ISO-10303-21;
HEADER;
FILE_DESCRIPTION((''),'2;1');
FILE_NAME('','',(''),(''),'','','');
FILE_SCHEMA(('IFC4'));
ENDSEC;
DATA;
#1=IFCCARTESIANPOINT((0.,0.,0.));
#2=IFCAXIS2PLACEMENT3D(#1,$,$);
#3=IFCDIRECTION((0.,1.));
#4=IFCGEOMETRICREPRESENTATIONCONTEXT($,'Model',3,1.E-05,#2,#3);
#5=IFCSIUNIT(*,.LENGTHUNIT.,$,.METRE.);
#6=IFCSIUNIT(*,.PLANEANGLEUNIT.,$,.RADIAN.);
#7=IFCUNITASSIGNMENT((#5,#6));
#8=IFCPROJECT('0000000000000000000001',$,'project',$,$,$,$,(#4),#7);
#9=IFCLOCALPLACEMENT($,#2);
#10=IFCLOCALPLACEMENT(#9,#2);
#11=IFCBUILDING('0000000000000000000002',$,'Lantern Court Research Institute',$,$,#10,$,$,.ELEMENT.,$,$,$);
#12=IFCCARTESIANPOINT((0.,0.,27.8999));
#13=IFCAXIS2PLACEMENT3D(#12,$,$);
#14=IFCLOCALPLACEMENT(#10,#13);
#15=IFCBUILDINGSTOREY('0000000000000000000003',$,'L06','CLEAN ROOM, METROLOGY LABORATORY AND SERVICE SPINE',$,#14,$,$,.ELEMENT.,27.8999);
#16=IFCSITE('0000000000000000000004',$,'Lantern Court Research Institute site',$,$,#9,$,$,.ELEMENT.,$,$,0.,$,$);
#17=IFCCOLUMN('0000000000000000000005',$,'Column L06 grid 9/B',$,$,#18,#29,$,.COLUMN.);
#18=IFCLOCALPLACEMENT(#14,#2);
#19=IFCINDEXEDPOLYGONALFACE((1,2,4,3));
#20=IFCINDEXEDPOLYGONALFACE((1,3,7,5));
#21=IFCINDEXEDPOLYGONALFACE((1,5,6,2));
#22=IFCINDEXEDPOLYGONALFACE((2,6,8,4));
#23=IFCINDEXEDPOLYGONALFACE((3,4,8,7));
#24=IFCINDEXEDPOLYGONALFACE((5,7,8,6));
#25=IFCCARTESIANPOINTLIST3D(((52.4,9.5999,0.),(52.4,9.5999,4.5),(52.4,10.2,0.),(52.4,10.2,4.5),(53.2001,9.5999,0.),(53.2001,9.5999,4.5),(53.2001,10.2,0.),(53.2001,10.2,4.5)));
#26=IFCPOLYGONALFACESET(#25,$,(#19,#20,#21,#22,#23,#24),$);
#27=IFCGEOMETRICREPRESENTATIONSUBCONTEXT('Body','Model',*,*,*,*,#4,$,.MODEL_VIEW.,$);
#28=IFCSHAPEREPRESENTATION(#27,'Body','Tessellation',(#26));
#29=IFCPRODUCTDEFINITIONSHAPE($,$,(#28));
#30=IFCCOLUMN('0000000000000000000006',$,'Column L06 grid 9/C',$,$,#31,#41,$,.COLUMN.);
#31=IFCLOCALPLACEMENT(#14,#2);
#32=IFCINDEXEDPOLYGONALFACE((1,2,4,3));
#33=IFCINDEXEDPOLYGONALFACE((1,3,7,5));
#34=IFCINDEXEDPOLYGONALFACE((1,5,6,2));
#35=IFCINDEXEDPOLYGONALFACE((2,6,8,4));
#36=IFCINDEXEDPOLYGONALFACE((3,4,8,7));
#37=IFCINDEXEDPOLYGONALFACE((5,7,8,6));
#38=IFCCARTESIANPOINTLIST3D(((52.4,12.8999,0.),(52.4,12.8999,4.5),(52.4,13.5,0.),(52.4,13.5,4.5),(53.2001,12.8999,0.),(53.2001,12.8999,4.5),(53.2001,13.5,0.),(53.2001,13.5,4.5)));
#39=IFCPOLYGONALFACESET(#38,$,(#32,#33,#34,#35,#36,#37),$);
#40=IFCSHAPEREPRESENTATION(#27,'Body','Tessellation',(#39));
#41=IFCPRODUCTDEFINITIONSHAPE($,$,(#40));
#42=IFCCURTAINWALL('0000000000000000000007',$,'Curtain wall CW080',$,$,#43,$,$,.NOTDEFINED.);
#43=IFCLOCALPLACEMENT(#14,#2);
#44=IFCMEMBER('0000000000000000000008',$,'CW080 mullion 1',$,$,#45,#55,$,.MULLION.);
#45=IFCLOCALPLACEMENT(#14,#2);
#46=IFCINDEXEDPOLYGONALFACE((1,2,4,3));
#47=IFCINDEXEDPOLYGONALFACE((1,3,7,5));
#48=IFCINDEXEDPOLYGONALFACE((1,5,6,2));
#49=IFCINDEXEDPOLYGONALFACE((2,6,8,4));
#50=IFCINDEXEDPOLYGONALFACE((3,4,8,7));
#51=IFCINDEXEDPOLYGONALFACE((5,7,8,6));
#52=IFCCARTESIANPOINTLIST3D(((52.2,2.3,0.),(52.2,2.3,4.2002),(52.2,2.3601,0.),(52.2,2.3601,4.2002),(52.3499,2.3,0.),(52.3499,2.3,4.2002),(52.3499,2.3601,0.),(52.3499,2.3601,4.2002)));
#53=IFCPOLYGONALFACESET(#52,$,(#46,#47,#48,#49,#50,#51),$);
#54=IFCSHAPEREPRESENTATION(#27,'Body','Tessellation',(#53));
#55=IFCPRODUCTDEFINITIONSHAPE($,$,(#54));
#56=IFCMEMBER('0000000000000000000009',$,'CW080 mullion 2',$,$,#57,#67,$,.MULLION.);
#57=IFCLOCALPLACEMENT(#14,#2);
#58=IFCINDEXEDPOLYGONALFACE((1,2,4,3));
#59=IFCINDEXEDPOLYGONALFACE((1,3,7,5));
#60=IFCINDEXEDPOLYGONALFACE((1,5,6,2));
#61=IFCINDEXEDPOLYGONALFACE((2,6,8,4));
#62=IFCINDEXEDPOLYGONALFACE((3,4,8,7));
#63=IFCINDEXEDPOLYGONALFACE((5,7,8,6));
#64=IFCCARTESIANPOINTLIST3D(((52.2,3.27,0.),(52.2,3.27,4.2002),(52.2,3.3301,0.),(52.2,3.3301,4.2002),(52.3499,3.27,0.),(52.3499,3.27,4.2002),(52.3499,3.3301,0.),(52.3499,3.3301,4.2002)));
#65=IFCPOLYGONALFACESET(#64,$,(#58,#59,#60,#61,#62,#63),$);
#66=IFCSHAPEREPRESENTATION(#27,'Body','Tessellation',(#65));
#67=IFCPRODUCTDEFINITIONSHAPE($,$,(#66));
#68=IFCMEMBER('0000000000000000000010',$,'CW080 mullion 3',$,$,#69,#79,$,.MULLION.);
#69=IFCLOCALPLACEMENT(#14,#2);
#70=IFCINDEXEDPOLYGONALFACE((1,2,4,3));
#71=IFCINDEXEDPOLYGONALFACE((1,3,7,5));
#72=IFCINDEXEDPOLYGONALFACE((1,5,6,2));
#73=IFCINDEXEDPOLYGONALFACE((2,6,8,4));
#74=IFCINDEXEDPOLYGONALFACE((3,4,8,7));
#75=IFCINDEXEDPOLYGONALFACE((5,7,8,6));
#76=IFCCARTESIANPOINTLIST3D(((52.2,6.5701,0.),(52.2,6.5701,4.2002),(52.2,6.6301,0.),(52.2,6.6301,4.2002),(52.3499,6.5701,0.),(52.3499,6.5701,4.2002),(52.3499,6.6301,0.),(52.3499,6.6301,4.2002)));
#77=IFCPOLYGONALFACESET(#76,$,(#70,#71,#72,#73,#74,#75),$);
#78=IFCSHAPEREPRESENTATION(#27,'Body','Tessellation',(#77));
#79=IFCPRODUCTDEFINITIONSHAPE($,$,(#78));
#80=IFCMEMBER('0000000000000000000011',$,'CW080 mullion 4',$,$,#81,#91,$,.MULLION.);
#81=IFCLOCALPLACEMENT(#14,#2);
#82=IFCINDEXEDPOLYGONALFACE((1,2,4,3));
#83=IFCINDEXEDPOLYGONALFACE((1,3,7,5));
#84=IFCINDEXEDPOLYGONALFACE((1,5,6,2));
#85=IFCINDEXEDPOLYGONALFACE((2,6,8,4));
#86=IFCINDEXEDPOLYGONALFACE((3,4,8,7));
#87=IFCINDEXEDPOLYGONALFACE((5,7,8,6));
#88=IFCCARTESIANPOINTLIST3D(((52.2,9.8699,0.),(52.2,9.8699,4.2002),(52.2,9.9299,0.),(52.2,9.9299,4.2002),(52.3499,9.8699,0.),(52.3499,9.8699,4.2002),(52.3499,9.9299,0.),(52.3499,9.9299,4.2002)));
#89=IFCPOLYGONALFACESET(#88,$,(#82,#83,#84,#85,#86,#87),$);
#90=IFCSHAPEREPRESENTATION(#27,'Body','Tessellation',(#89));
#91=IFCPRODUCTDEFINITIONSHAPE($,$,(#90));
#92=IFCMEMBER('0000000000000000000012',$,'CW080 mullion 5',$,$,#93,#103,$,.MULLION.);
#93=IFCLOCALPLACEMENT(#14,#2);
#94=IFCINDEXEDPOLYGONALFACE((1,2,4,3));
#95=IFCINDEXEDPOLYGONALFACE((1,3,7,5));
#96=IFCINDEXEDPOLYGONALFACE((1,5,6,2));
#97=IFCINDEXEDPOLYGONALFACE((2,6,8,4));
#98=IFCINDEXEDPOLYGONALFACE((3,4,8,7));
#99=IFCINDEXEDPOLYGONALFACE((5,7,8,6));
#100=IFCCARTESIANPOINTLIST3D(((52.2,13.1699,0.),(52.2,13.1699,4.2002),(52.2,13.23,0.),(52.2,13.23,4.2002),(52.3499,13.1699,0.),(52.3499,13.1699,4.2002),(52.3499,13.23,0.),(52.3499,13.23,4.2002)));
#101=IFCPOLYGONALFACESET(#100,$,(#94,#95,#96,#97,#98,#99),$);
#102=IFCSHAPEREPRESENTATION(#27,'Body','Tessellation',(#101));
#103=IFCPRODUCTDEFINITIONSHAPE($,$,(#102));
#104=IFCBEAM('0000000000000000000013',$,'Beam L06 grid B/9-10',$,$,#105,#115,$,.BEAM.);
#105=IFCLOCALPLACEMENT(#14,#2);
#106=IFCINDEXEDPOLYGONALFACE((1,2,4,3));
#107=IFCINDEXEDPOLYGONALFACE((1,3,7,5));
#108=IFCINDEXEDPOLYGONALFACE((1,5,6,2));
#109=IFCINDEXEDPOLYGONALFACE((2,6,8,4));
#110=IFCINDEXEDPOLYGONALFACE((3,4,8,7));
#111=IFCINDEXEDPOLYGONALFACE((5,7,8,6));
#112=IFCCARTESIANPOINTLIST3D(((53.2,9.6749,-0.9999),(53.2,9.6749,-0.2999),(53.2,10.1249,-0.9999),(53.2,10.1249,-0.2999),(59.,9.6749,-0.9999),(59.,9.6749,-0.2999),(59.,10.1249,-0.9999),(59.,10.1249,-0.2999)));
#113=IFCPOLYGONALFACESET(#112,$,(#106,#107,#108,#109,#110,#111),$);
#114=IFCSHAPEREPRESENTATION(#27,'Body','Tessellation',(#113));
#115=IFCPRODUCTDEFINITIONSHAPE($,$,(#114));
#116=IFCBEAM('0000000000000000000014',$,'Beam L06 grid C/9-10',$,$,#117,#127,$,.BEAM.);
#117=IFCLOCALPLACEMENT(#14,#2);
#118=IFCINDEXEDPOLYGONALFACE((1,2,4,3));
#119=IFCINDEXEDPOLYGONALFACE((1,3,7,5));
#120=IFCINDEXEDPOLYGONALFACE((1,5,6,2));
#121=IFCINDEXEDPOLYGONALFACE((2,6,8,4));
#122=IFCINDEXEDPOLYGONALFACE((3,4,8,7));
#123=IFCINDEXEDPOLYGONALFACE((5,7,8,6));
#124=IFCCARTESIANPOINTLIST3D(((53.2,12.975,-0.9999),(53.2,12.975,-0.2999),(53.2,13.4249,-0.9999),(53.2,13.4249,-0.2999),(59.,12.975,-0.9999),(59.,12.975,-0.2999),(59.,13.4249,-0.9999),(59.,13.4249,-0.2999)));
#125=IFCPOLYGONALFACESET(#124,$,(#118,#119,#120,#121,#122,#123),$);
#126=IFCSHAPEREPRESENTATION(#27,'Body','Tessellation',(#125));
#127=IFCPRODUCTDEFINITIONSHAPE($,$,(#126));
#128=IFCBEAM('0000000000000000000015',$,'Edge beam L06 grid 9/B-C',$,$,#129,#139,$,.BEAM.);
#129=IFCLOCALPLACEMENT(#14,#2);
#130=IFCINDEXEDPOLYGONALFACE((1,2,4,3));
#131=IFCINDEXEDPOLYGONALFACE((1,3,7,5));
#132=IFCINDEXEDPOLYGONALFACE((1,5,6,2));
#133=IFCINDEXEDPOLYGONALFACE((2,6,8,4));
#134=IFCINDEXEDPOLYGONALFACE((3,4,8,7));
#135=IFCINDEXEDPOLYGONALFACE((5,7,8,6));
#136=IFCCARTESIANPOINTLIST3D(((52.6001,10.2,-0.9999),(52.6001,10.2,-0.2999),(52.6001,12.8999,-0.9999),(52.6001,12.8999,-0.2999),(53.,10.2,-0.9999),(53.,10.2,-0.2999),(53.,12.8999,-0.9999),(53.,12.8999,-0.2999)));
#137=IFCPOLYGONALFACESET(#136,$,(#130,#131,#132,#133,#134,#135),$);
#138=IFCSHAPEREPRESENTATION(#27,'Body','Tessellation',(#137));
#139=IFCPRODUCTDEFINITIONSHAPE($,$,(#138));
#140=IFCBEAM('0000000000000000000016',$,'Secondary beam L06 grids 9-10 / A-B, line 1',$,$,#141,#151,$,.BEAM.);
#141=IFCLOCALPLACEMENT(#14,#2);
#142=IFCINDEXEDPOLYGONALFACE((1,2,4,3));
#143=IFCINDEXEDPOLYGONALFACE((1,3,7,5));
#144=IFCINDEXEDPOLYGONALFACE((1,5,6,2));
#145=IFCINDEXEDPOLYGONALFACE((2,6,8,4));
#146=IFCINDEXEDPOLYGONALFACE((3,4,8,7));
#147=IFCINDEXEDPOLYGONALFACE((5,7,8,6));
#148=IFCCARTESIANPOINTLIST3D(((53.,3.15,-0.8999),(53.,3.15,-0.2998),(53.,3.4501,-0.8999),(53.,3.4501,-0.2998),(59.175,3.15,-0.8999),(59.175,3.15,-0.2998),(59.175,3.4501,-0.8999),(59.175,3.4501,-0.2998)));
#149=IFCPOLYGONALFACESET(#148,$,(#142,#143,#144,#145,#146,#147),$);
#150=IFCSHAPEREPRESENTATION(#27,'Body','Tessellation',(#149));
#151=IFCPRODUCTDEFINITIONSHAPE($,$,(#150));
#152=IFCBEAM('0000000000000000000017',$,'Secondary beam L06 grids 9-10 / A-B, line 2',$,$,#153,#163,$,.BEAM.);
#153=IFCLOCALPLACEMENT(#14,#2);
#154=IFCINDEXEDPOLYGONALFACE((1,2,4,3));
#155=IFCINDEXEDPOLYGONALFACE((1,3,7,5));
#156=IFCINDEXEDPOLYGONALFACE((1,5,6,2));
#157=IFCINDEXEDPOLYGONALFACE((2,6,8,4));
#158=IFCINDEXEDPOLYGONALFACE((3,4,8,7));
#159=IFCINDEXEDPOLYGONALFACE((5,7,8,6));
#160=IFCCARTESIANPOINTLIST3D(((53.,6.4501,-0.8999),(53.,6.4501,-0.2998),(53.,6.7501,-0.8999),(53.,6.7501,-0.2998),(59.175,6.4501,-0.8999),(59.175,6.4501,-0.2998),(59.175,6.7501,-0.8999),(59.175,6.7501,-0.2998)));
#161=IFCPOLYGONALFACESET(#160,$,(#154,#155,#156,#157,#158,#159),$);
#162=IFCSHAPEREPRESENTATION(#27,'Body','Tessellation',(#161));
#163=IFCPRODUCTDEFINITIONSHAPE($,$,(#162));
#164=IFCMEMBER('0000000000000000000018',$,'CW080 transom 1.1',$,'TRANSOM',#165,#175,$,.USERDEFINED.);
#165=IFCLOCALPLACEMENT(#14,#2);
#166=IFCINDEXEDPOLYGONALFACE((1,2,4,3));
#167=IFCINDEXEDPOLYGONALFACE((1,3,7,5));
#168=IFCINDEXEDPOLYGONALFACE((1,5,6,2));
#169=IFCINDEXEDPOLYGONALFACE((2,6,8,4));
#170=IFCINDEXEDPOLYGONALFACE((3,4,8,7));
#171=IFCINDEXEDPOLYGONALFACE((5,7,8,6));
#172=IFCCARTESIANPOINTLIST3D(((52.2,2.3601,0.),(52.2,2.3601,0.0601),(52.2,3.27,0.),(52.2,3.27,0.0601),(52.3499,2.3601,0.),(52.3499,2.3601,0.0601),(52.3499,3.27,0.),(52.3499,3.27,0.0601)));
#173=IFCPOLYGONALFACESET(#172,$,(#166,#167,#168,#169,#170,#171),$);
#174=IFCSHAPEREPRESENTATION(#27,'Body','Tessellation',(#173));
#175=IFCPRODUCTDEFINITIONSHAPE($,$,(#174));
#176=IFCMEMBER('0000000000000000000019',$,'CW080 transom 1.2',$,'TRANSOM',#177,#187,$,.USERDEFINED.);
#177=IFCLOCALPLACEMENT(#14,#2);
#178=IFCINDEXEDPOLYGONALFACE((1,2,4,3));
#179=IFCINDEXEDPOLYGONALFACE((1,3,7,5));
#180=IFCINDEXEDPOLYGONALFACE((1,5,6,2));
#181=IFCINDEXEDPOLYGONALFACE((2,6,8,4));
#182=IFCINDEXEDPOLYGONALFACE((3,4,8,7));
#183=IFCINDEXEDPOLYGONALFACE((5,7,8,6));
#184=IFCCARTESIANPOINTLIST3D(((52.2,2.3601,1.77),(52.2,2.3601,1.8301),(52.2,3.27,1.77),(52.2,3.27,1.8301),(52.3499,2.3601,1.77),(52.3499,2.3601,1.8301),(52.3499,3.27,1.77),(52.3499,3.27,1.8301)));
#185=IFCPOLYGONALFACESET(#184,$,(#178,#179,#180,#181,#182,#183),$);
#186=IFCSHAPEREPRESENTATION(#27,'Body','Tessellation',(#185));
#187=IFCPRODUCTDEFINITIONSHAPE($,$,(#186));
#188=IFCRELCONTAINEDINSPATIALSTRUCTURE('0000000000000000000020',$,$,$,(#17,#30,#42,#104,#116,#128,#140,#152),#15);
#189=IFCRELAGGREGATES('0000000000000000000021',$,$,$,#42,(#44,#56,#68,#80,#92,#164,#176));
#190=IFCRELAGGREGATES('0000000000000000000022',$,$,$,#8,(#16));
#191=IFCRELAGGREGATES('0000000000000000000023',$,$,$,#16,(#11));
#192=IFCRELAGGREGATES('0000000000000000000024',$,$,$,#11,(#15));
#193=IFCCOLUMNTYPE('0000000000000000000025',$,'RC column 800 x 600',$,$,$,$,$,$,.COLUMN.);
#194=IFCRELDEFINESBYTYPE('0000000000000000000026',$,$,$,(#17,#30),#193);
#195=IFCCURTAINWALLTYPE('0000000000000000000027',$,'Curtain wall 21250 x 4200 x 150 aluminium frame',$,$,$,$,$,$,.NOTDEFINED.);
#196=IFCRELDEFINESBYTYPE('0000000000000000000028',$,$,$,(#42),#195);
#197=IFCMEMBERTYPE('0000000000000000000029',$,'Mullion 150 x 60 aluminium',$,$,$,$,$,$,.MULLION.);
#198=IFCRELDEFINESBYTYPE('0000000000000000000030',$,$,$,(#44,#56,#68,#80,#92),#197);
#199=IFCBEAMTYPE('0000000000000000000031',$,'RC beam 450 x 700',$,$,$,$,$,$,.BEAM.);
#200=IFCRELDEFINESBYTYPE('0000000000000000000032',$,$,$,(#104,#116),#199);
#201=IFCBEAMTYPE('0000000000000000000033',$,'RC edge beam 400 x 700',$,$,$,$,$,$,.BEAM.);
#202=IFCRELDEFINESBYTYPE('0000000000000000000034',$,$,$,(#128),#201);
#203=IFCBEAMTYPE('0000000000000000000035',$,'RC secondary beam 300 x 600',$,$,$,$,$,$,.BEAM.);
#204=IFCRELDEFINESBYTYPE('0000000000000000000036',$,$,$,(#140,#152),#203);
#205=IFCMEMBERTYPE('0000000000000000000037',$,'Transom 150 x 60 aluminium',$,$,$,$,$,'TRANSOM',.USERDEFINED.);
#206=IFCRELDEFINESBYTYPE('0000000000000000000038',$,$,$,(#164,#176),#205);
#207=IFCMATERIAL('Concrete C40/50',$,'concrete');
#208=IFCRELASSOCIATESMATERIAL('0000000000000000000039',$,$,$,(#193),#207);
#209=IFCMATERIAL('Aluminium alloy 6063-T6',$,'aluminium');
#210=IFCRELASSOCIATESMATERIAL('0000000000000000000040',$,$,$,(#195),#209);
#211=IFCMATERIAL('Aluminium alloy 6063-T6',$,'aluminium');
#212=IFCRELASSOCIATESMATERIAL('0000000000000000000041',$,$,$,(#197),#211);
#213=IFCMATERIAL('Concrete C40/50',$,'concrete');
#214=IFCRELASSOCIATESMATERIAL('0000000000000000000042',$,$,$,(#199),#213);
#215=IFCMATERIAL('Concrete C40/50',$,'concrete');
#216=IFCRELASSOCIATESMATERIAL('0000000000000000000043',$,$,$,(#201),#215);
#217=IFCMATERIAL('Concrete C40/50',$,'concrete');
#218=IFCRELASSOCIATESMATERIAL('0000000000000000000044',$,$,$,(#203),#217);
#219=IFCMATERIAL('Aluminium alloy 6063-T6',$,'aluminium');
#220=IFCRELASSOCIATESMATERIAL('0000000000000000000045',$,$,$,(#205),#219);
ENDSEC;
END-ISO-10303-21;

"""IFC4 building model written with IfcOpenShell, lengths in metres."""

from ifc_helpers import new_model, si_unit, direction, frame, origin, origin_2d, place, context, subcontext, project, spatial, rectangle, extrude, material, material_profile, profile_set, type_object, element, aggregate, save


model = new_model("IFC4")

# Units and contexts
model_context = context("Model", 3, precision=1e-05, world=origin(), true_north=direction((0.0, 1.0)))
body_context = subcontext(model_context, "Body", "Model", "MODEL_VIEW")
ifc_project = project(units=[si_unit("LENGTHUNIT", "METRE"), si_unit("PLANEANGLEUNIT", "RADIAN")], contexts=[model_context])

# Site, building, storey
site_placement = place(None, origin())
site = spatial("IfcSite", under=ifc_project, at=site_placement, Name="Lantern Court Research Institute site", CompositionType="ELEMENT", RefElevation=0.0)
building_placement = place(site_placement, origin())
building = spatial("IfcBuilding", under=site, at=building_placement, Name="Lantern Court Research Institute", CompositionType="ELEMENT")
storey_placement = place(building_placement, frame((0.0, 0.0, 27.8999)))
storey = spatial("IfcBuildingStorey", under=building, at=storey_placement, Name="L06", Description="CLEAN ROOM, METROLOGY LABORATORY AND SERVICE SPINE", CompositionType="ELEMENT", Elevation=27.8999)

# Columns
ifc_material_1 = material(Name="Concrete C40/50", Category="concrete")
ifc_material_profile_1 = material_profile(ifc_material_1, rectangle(XDim=0.8, YDim=0.6001, at=origin_2d()), Name="RC column 800 x 600")
ifc_profile_set_1 = profile_set([ifc_material_profile_1], Name="Concrete C40/50")
column_type = type_object("IfcColumnType", Name="RC column 800 x 600", PredefinedType="COLUMN", material=ifc_profile_set_1)
for number, where, z_axis, x_axis, name in (
    (1, (52.8, 9.8999, 0.0), (0.0, 0.0, 1.0), (1.0, 0.0, 0.0), "Column L06 grid 9/B"),
    (2, (52.8, 13.2, 0.0), (0.0, 0.0, 1.0), (1.0, 0.0, 0.0), "Column L06 grid 9/C"),
):
    element("IfcColumn", number, at=place(storey_placement, frame(where, z_axis=z_axis, x_axis=x_axis)), inside=storey, type_object=column_type, Name=name, PredefinedType="COLUMN", context=body_context, shape_type="SweptSolid", body=[
        extrude(rectangle(XDim=0.8, YDim=0.6001, at=origin_2d()), origin(), (0.0, 0.0, 1.0), 4.5),
    ])

# Curtain wall, members
ifc_material_2 = material(Name="Aluminium alloy 6063-T6", Category="aluminium")
curtain_wall_type = type_object("IfcCurtainWallType", Name="Curtain wall 21250 x 4200 x 150 aluminium frame", PredefinedType="NOTDEFINED", material=ifc_material_2)
curtain_wall_placement = place(storey_placement, origin())
curtain_wall = element("IfcCurtainWall", 3, at=curtain_wall_placement, inside=storey, type_object=curtain_wall_type, Name="Curtain wall CW080", PredefinedType="NOTDEFINED")
ifc_material_3 = material(Name="Aluminium alloy 6063-T6", Category="aluminium")
ifc_material_profile_2 = material_profile(ifc_material_3, rectangle(XDim=0.1499, YDim=0.0601, at=origin_2d()), Name="Mullion 150 x 60")
ifc_profile_set_2 = profile_set([ifc_material_profile_2], Name="Aluminium alloy 6063-T6")
member_type_1 = type_object("IfcMemberType", Name="Mullion 150 x 60 aluminium", PredefinedType="MULLION", material=ifc_profile_set_2)
member_1_placement = place(storey_placement, frame((52.2749, 2.3301, 0.0), z_axis=(0.0, 0.0, 1.0), x_axis=(-1.0, 0.0, 0.0)))
member_1 = element("IfcMember", 4, at=member_1_placement, type_object=member_type_1, Name="CW080 mullion 1", PredefinedType="MULLION", context=body_context, shape_type="SweptSolid", body=[
    extrude(rectangle(XDim=0.1499, YDim=0.0601, at=origin_2d()), origin(), (0.0, 0.0, 1.0), 4.2002),
])
member_2_placement = place(storey_placement, frame((52.2749, 3.3, 0.0), z_axis=(0.0, 0.0, 1.0), x_axis=(-1.0, 0.0, 0.0)))
member_2 = element("IfcMember", 5, at=member_2_placement, type_object=member_type_1, Name="CW080 mullion 2", PredefinedType="MULLION", context=body_context, shape_type="SweptSolid", body=[
    extrude(rectangle(XDim=0.1499, YDim=0.0601, at=origin_2d()), origin(), (0.0, 0.0, 1.0), 4.2002),
])
member_3_placement = place(storey_placement, frame((52.2749, 6.6001, 0.0), z_axis=(0.0, 0.0, 1.0), x_axis=(-1.0, 0.0, 0.0)))
member_3 = element("IfcMember", 6, at=member_3_placement, type_object=member_type_1, Name="CW080 mullion 3", PredefinedType="MULLION", context=body_context, shape_type="SweptSolid", body=[
    extrude(rectangle(XDim=0.1499, YDim=0.0601, at=origin_2d()), origin(), (0.0, 0.0, 1.0), 4.2002),
])
member_4_placement = place(storey_placement, frame((52.2749, 9.8999, 0.0), z_axis=(0.0, 0.0, 1.0), x_axis=(-1.0, 0.0, 0.0)))
member_4 = element("IfcMember", 7, at=member_4_placement, type_object=member_type_1, Name="CW080 mullion 4", PredefinedType="MULLION", context=body_context, shape_type="SweptSolid", body=[
    extrude(rectangle(XDim=0.1499, YDim=0.0601, at=origin_2d()), origin(), (0.0, 0.0, 1.0), 4.2002),
])
member_5_placement = place(storey_placement, frame((52.2749, 13.2, 0.0), z_axis=(0.0, 0.0, 1.0), x_axis=(-1.0, 0.0, 0.0)))
member_5 = element("IfcMember", 8, at=member_5_placement, type_object=member_type_1, Name="CW080 mullion 5", PredefinedType="MULLION", context=body_context, shape_type="SweptSolid", body=[
    extrude(rectangle(XDim=0.1499, YDim=0.0601, at=origin_2d()), origin(), (0.0, 0.0, 1.0), 4.2002),
])

# Beams
ifc_material_4 = material(Name="Concrete C40/50", Category="concrete")
ifc_material_profile_3 = material_profile(ifc_material_4, rectangle(XDim=0.45, YDim=0.7, at=origin_2d()), Name="RC beam 450 x 700")
ifc_profile_set_3 = profile_set([ifc_material_profile_3], Name="Concrete C40/50")
beam_type_1 = type_object("IfcBeamType", Name="RC beam 450 x 700", PredefinedType="BEAM", material=ifc_profile_set_3)
for number, where, z_axis, x_axis, name in (
    (9, (53.2, 9.8999, -0.6499), (1.0, 0.0, 0.0), (0.0, 1.0, 0.0), "Beam L06 grid B/9-10"),
    (10, (53.2, 13.2, -0.6499), (1.0, 0.0, 0.0), (0.0, 1.0, 0.0), "Beam L06 grid C/9-10"),
):
    element("IfcBeam", number, at=place(storey_placement, frame(where, z_axis=z_axis, x_axis=x_axis)), inside=storey, type_object=beam_type_1, Name=name, PredefinedType="BEAM", context=body_context, shape_type="SweptSolid", body=[
        extrude(rectangle(XDim=0.45, YDim=0.7, at=origin_2d()), origin(), (0.0, 0.0, 1.0), 5.8),
    ])
ifc_material_5 = material(Name="Concrete C40/50", Category="concrete")
ifc_material_profile_4 = material_profile(ifc_material_5, rectangle(XDim=0.3999, YDim=0.7, at=origin_2d()), Name="RC beam 400 x 700")
ifc_profile_set_4 = profile_set([ifc_material_profile_4], Name="Concrete C40/50")
beam_type_2 = type_object("IfcBeamType", Name="RC edge beam 400 x 700", PredefinedType="BEAM", material=ifc_profile_set_4)
beam_placement = place(storey_placement, frame((52.8, 10.2, -0.6499), z_axis=(0.0, 1.0, 0.0), x_axis=(-1.0, 0.0, 0.0)))
element("IfcBeam", 11, at=beam_placement, inside=storey, type_object=beam_type_2, Name="Edge beam L06 grid 9/B-C", PredefinedType="BEAM", context=body_context, shape_type="SweptSolid", body=[
    extrude(rectangle(XDim=0.3999, YDim=0.7, at=origin_2d()), origin(), (0.0, 0.0, 1.0), 2.7),
])
ifc_material_6 = material(Name="Concrete C40/50", Category="concrete")
ifc_material_profile_5 = material_profile(ifc_material_6, rectangle(XDim=0.3, YDim=0.6001, at=origin_2d()), Name="RC beam 300 x 600")
ifc_profile_set_5 = profile_set([ifc_material_profile_5], Name="Concrete C40/50")
beam_type_3 = type_object("IfcBeamType", Name="RC secondary beam 300 x 600", PredefinedType="BEAM", material=ifc_profile_set_5)
for number, where, z_axis, x_axis, name in (
    (12, (53.0, 3.3, -0.5999), (1.0, 0.0, 0.0), (0.0, 1.0, 0.0), "Secondary beam L06 grids 9-10 / A-B, line 1"),
    (13, (53.0, 6.6001, -0.5999), (1.0, 0.0, 0.0), (0.0, 1.0, 0.0), "Secondary beam L06 grids 9-10 / A-B, line 2"),
):
    element("IfcBeam", number, at=place(storey_placement, frame(where, z_axis=z_axis, x_axis=x_axis)), inside=storey, type_object=beam_type_3, Name=name, PredefinedType="BEAM", context=body_context, shape_type="SweptSolid", body=[
        extrude(rectangle(XDim=0.3, YDim=0.6001, at=origin_2d()), origin(), (0.0, 0.0, 1.0), 6.175),
    ])

# Members
ifc_material_7 = material(Name="Aluminium alloy 6063-T6", Category="aluminium")
ifc_material_profile_6 = material_profile(ifc_material_7, rectangle(XDim=0.1499, YDim=0.0601, at=origin_2d()), Name="Transom 150 x 60")
ifc_profile_set_6 = profile_set([ifc_material_profile_6], Name="Aluminium alloy 6063-T6")
member_type_2 = type_object("IfcMemberType", Name="Transom 150 x 60 aluminium", ElementType="TRANSOM", PredefinedType="USERDEFINED", material=ifc_profile_set_6)
member_6_placement = place(storey_placement, frame((52.2749, 2.3601, 0.03), z_axis=(0.0, 1.0, 0.0), x_axis=(-1.0, 0.0, 0.0)))
member_6 = element("IfcMember", 14, at=member_6_placement, type_object=member_type_2, Name="CW080 transom 1.1", ObjectType="TRANSOM", PredefinedType="USERDEFINED", context=body_context, shape_type="SweptSolid", body=[
    extrude(rectangle(XDim=0.1499, YDim=0.0601, at=origin_2d()), origin(), (0.0, 0.0, 1.0), 0.9099),
])
member_7_placement = place(storey_placement, frame((52.2749, 2.3601, 1.8), z_axis=(0.0, 1.0, 0.0), x_axis=(-1.0, 0.0, 0.0)))
member_7 = element("IfcMember", 15, at=member_7_placement, type_object=member_type_2, Name="CW080 transom 1.2", ObjectType="TRANSOM", PredefinedType="USERDEFINED", context=body_context, shape_type="SweptSolid", body=[
    extrude(rectangle(XDim=0.1499, YDim=0.0601, at=origin_2d()), origin(), (0.0, 0.0, 1.0), 0.9099),
])

aggregate(curtain_wall, [member_1, member_2, member_3, member_4, member_5, member_6, member_7])

save(model, "model.ifc")
